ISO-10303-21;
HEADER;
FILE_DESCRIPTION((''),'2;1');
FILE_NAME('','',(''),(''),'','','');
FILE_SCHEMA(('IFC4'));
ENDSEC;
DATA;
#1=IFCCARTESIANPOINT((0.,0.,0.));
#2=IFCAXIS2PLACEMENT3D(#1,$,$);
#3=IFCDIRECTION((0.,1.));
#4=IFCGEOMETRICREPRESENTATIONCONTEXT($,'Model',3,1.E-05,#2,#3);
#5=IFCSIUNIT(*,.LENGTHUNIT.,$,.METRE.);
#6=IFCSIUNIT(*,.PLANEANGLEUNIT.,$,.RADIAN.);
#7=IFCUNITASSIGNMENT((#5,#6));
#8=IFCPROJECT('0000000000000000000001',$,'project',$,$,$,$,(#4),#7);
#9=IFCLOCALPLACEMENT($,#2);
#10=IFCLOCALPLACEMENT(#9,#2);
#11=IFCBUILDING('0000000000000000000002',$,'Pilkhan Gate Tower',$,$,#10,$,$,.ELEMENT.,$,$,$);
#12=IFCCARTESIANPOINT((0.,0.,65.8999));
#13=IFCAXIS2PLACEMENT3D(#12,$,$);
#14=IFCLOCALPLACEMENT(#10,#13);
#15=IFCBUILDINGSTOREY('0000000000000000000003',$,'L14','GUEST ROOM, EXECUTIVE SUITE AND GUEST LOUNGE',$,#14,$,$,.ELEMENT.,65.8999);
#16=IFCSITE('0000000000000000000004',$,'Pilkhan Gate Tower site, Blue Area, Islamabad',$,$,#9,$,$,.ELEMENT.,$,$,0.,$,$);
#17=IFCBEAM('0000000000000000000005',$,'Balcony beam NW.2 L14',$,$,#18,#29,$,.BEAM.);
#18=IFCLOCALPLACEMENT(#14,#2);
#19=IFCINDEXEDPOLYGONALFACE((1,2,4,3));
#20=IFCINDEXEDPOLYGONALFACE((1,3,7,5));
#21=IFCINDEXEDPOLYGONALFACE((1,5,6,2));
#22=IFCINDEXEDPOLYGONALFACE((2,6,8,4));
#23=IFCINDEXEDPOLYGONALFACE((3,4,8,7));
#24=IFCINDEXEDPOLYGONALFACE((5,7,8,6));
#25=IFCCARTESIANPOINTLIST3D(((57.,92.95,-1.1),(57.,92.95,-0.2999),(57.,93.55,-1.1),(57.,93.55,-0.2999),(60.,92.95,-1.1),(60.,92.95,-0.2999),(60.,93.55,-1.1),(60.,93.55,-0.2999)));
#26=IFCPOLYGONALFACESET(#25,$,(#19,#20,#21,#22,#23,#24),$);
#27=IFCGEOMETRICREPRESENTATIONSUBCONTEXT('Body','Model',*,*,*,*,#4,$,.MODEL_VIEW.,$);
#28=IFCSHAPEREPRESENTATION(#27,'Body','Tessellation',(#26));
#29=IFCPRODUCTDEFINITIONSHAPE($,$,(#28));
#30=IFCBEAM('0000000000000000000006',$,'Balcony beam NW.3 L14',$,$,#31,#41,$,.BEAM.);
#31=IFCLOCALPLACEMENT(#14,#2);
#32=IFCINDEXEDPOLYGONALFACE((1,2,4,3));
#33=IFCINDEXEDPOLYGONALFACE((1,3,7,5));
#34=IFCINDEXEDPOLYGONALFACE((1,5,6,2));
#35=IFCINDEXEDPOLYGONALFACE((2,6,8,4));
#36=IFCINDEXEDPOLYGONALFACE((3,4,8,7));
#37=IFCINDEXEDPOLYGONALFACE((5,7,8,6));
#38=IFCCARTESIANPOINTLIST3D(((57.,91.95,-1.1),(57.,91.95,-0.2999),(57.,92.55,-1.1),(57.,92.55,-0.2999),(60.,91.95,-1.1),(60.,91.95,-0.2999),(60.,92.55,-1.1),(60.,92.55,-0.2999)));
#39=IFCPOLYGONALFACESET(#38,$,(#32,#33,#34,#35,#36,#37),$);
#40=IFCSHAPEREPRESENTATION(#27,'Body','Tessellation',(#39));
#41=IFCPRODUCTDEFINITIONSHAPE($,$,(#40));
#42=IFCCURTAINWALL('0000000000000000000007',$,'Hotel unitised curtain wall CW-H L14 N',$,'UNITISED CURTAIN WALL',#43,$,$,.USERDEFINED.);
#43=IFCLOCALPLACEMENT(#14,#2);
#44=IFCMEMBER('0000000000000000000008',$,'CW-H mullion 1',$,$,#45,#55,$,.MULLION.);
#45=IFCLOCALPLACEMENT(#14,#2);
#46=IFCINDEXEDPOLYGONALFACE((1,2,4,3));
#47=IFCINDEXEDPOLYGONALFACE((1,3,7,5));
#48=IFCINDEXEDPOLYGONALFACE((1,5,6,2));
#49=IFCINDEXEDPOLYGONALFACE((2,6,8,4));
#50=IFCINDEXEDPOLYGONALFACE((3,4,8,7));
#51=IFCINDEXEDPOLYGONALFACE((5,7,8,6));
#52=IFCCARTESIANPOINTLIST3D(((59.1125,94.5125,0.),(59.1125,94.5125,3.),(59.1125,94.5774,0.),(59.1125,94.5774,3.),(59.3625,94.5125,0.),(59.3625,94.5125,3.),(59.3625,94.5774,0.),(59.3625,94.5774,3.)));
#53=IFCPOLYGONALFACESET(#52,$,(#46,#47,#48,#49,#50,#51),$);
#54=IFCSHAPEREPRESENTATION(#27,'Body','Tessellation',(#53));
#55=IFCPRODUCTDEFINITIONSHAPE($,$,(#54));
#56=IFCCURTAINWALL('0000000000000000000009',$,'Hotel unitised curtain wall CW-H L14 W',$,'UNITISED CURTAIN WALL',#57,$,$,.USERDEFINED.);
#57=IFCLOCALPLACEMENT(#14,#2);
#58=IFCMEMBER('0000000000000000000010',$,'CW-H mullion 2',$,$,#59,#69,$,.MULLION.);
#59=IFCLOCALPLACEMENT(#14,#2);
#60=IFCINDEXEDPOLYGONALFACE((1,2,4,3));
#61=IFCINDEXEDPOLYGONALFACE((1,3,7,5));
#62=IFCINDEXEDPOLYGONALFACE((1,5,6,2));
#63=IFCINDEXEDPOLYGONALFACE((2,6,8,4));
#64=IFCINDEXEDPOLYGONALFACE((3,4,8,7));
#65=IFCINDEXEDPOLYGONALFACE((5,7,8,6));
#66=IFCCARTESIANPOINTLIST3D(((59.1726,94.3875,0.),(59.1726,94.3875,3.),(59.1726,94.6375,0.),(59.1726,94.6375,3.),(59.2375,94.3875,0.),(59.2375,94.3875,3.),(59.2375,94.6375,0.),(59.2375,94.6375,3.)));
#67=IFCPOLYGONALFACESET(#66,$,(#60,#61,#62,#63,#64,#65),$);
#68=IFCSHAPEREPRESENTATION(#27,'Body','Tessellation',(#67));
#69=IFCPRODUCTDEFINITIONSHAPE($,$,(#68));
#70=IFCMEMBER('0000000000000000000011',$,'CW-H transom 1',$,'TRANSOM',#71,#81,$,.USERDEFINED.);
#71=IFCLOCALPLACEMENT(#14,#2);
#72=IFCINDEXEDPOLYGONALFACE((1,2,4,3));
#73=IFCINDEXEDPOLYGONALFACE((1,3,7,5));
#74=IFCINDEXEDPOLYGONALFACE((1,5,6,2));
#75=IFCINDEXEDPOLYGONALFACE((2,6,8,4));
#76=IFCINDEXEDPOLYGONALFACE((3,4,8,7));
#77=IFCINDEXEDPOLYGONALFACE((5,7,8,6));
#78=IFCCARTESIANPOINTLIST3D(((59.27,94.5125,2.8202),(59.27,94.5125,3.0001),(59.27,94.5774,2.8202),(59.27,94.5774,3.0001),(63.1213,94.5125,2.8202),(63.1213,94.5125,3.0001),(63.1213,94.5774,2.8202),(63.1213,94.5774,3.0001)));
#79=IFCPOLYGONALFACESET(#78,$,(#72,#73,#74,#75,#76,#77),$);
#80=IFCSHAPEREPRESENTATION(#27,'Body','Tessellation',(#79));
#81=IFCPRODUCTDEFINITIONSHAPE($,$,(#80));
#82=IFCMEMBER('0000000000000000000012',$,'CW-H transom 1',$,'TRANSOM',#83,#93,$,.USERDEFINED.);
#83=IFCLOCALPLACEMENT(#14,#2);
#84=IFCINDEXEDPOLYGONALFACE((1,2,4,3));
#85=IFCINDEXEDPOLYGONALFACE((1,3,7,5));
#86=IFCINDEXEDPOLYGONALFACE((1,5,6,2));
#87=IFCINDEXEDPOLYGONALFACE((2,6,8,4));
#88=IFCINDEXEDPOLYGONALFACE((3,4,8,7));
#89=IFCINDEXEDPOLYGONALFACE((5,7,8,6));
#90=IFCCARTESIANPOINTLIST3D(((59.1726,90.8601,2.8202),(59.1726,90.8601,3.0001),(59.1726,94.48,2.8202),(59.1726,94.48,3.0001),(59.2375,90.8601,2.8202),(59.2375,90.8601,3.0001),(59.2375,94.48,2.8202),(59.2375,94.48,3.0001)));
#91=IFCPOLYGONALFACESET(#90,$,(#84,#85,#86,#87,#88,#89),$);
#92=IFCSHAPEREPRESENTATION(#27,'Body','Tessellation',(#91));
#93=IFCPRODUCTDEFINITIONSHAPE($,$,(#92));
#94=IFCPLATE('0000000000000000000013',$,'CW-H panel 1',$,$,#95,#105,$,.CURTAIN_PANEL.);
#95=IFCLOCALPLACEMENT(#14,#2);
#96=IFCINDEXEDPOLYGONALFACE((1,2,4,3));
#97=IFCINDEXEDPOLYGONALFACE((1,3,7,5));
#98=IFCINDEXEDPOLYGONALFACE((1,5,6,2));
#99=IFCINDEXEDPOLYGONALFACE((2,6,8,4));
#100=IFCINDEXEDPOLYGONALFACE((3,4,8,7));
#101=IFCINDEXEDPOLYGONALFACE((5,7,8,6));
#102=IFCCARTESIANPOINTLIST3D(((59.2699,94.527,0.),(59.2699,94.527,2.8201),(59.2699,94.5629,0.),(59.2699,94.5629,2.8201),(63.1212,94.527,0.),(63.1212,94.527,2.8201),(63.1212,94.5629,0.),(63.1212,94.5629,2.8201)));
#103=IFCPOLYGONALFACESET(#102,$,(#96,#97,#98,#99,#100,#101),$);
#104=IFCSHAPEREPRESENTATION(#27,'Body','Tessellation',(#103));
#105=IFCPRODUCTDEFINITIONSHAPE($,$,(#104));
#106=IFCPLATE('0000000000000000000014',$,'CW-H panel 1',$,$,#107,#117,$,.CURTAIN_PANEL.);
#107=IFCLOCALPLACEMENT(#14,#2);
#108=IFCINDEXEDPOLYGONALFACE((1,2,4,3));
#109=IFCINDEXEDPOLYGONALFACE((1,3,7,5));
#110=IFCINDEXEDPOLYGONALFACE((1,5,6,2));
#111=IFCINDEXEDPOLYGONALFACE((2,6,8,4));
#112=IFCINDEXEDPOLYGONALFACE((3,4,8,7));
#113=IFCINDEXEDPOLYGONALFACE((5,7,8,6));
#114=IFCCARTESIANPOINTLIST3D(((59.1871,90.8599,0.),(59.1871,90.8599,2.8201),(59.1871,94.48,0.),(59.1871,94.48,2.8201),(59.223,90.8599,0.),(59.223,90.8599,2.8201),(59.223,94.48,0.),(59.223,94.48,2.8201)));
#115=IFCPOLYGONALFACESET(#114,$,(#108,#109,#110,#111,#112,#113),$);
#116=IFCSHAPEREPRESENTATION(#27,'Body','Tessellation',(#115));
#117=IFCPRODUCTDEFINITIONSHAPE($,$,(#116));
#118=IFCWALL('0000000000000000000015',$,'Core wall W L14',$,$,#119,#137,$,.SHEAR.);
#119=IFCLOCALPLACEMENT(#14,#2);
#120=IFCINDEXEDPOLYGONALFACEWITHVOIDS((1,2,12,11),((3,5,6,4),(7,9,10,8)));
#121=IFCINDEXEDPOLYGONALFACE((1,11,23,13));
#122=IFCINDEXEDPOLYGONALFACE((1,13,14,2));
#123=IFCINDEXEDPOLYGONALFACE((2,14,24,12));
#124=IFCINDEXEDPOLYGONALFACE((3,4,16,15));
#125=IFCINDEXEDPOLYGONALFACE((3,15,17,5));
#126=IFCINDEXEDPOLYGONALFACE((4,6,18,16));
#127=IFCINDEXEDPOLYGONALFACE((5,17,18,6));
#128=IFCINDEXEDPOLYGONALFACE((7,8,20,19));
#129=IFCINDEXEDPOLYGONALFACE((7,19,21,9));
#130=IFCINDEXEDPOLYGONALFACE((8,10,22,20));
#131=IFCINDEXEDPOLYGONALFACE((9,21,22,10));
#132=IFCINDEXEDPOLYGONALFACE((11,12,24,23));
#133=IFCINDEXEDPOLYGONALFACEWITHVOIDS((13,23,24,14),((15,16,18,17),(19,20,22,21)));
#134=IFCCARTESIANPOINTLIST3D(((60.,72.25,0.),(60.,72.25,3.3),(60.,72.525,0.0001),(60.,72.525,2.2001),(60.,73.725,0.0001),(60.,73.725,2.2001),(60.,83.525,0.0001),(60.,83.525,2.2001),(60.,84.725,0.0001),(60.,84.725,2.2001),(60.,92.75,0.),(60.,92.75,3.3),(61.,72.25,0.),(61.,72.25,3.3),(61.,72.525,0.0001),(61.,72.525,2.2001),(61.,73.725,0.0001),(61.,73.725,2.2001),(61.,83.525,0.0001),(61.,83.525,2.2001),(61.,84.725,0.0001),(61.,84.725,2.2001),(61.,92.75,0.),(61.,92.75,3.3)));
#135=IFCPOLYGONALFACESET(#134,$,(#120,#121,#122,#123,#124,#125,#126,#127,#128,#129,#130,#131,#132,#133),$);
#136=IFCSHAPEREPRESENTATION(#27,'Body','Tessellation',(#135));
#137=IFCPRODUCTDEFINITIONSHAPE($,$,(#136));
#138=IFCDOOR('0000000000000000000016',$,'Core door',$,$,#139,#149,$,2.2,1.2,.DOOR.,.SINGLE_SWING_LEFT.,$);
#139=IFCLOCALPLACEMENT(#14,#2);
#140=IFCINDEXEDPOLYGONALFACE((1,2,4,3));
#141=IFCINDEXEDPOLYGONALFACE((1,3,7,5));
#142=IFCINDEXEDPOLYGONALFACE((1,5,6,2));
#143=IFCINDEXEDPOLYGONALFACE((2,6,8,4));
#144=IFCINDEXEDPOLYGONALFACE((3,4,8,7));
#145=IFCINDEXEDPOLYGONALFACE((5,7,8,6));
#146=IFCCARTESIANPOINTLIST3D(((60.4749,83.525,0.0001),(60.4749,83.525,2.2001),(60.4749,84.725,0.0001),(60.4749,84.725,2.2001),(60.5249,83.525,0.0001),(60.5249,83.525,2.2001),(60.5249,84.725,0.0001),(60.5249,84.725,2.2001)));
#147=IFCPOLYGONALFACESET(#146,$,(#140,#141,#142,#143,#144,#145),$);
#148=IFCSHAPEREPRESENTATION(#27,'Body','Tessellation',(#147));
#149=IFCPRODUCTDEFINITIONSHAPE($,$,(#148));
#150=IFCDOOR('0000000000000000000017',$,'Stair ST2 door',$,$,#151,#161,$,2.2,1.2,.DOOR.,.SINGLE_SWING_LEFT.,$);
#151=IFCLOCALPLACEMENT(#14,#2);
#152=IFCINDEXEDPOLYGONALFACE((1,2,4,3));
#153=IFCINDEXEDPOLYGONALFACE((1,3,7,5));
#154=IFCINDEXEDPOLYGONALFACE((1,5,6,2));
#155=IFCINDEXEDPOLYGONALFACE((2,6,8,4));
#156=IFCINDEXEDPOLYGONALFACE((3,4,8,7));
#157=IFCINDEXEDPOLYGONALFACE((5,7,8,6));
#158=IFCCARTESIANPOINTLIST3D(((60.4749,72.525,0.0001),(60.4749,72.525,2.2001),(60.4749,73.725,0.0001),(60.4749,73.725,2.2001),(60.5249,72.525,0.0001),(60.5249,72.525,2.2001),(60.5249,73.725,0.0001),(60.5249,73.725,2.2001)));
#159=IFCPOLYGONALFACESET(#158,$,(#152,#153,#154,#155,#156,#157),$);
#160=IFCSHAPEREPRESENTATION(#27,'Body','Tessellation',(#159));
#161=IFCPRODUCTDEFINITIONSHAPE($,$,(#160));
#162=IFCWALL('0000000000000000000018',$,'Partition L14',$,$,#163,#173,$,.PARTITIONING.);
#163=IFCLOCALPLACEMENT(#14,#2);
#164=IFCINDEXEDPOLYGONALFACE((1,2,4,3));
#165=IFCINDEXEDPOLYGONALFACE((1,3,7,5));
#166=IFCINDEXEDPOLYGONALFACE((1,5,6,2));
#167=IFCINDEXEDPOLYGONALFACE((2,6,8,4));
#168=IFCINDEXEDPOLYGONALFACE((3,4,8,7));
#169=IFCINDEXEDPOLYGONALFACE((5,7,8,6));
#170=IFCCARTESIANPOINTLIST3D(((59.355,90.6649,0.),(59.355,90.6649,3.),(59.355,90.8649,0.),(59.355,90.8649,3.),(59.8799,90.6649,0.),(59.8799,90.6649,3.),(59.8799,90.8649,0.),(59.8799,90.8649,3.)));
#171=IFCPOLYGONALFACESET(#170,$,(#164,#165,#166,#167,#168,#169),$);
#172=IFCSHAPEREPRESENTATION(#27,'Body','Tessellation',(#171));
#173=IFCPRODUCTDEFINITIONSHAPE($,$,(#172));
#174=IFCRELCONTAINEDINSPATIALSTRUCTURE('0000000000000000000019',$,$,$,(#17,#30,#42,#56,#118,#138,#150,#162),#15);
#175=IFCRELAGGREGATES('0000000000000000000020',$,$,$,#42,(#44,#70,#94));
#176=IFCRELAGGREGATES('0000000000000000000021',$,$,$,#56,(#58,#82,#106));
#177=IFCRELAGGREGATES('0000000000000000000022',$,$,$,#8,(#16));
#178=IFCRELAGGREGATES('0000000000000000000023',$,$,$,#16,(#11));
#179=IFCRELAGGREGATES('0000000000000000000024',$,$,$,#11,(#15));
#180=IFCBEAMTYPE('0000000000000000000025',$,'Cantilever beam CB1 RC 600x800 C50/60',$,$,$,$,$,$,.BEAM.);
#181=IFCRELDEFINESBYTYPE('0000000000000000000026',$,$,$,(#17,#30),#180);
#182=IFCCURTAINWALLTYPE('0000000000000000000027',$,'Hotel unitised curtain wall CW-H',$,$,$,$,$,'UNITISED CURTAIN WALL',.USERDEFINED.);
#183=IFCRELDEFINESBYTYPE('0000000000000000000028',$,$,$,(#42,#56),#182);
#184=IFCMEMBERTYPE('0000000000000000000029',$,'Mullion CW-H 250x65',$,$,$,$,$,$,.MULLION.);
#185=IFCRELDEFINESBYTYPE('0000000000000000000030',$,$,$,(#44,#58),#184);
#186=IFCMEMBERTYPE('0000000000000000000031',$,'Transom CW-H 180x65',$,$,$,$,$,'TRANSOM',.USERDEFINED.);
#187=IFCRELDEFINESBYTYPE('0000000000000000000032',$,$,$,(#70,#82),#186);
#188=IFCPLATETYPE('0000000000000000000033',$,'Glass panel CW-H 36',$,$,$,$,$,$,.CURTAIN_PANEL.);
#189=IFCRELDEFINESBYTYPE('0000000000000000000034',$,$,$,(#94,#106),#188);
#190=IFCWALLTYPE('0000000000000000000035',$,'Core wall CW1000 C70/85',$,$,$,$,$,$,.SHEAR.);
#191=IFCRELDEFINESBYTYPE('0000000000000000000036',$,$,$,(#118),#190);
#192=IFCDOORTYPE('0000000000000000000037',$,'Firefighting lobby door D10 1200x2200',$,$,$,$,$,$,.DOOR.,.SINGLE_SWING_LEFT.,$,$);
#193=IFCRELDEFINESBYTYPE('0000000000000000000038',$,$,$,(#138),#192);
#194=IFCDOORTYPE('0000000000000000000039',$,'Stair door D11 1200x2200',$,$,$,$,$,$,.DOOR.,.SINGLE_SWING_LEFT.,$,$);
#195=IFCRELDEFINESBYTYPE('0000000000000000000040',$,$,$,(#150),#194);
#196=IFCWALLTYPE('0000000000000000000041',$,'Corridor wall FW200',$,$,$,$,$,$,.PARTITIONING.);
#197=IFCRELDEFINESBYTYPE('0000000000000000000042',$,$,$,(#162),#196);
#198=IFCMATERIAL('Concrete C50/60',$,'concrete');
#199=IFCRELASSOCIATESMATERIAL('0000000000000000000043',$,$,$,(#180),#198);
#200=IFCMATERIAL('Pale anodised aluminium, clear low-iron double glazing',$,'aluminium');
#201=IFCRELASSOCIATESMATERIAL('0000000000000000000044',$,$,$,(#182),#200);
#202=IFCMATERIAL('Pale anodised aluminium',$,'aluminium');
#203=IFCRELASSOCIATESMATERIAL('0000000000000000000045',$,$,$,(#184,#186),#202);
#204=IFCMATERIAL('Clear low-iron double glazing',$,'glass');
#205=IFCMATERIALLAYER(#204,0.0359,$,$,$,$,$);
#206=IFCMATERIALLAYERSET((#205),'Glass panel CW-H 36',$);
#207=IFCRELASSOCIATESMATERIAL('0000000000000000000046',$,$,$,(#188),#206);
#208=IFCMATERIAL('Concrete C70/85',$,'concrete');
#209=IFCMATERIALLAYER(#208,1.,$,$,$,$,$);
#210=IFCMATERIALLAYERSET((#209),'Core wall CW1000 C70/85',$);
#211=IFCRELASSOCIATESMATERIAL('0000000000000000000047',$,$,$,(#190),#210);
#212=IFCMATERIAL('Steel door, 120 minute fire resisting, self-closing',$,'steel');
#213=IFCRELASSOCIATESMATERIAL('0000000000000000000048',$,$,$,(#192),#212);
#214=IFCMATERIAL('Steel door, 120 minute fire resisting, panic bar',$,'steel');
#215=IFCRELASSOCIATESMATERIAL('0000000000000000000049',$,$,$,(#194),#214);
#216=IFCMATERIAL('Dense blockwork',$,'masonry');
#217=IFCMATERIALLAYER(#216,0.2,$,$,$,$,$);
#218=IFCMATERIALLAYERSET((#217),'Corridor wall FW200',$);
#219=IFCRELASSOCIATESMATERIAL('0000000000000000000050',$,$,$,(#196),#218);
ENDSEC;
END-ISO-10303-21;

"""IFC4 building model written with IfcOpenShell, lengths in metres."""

from ifc_helpers import new_model, si_unit, direction, frame, frame_2d, origin, origin_2d, place, context, subcontext, project, spatial, rectangle, extrude, material, layer, layer_set, material_profile, profile_set, type_object, element, fill, aggregate, save


model = new_model("IFC4")

# Units and contexts
model_context = context("Model", 3, precision=1e-05, world=origin(), true_north=direction((0.0, 1.0)))
body_context = subcontext(model_context, "Body", "Model", "MODEL_VIEW")
ifc_project = project(units=[si_unit("LENGTHUNIT", "METRE"), si_unit("PLANEANGLEUNIT", "RADIAN")], contexts=[model_context])

# Site, building, storey
site_placement = place(None, origin())
site = spatial("IfcSite", under=ifc_project, at=site_placement, Name="Pilkhan Gate Tower site, Blue Area, Islamabad", CompositionType="ELEMENT", RefElevation=0.0)
building_placement = place(site_placement, origin())
building = spatial("IfcBuilding", under=site, at=building_placement, Name="Pilkhan Gate Tower", CompositionType="ELEMENT")
storey_placement = place(building_placement, frame((0.0, 0.0, 65.8999)))
storey = spatial("IfcBuildingStorey", under=building, at=storey_placement, Name="L14", Description="GUEST ROOM, EXECUTIVE SUITE AND GUEST LOUNGE", CompositionType="ELEMENT", Elevation=65.8999)

# Beams
ifc_material_1 = material(Name="Concrete C50/60", Category="concrete")
ifc_material_profile_1 = material_profile(ifc_material_1, rectangle(XDim=0.6001, YDim=0.8, at=origin_2d()), Name="RC 600x800")
ifc_profile_set_1 = profile_set([ifc_material_profile_1], Name="Concrete C50/60")
beam_type = type_object("IfcBeamType", Name="Cantilever beam CB1 RC 600x800 C50/60", PredefinedType="BEAM", material=ifc_profile_set_1)
for number, where, z_axis, x_axis, name in (
    (1, (60.0, 93.25, -0.7), (-1.0, 0.0, 0.0), (0.0, -1.0, 0.0), "Balcony beam NW.2 L14"),
    (2, (60.0, 92.25, -0.7), (-1.0, 0.0, 0.0), (0.0, -1.0, 0.0), "Balcony beam NW.3 L14"),
):
    element("IfcBeam", number, at=place(storey_placement, frame(where, z_axis=z_axis, x_axis=x_axis)), inside=storey, type_object=beam_type, Name=name, PredefinedType="BEAM", context=body_context, shape_type="SweptSolid", body=[
        extrude(rectangle(XDim=0.6001, YDim=0.8, at=origin_2d()), origin(), (0.0, 0.0, 1.0), 3.0),
    ])

# Curtain walls, members
ifc_material_2 = material(Name="Pale anodised aluminium, clear low-iron double glazing", Category="aluminium")
curtain_wall_type = type_object("IfcCurtainWallType", Name="Hotel unitised curtain wall CW-H", ElementType="UNITISED CURTAIN WALL", PredefinedType="USERDEFINED", material=ifc_material_2)
curtain_wall_1_placement = place(storey_placement, origin())
curtain_wall_1 = element("IfcCurtainWall", 3, at=curtain_wall_1_placement, inside=storey, type_object=curtain_wall_type, Name="Hotel unitised curtain wall CW-H L14 N", ObjectType="UNITISED CURTAIN WALL", PredefinedType="USERDEFINED")
ifc_material_3 = material(Name="Pale anodised aluminium", Category="aluminium")
ifc_material_profile_2 = material_profile(ifc_material_3, rectangle(XDim=0.0649, YDim=0.25, at=origin_2d()), Name="Mullion 250x65")
ifc_profile_set_2 = profile_set([ifc_material_profile_2], Name="Pale anodised aluminium")
member_type_1 = type_object("IfcMemberType", Name="Mullion CW-H 250x65", PredefinedType="MULLION", material=ifc_profile_set_2)
member_1_placement = place(storey_placement, frame((59.2375, 94.5449, 0.0), z_axis=(0.0, 0.0, 1.0), x_axis=(0.0, 1.0, 0.0)))
member_1 = element("IfcMember", 4, at=member_1_placement, type_object=member_type_1, Name="CW-H mullion 1", PredefinedType="MULLION", context=body_context, shape_type="SweptSolid", body=[
    extrude(rectangle(XDim=0.0649, YDim=0.25, at=origin_2d()), origin(), (0.0, 0.0, 1.0), 3.0),
])
curtain_wall_2_placement = place(storey_placement, origin())
curtain_wall_2 = element("IfcCurtainWall", 5, at=curtain_wall_2_placement, inside=storey, type_object=curtain_wall_type, Name="Hotel unitised curtain wall CW-H L14 W", ObjectType="UNITISED CURTAIN WALL", PredefinedType="USERDEFINED")
member_2_placement = place(storey_placement, frame((59.2051, 94.5125, 0.0), z_axis=(0.0, 0.0, 1.0), x_axis=(-1.0, 0.0, 0.0)))
member_2 = element("IfcMember", 6, at=member_2_placement, type_object=member_type_1, Name="CW-H mullion 2", PredefinedType="MULLION", context=body_context, shape_type="SweptSolid", body=[
    extrude(rectangle(XDim=0.0649, YDim=0.25, at=origin_2d()), origin(), (0.0, 0.0, 1.0), 3.0),
])

# Members
ifc_material_profile_3 = material_profile(ifc_material_3, rectangle(XDim=0.0649, YDim=0.1799, at=origin_2d()), Name="Transom 180x65")
ifc_profile_set_3 = profile_set([ifc_material_profile_3], Name="Pale anodised aluminium")
member_type_2 = type_object("IfcMemberType", Name="Transom CW-H 180x65", ElementType="TRANSOM", PredefinedType="USERDEFINED", material=ifc_profile_set_3)
member_3_placement = place(storey_placement, frame((59.27, 94.5449, 2.9102), z_axis=(1.0, 0.0, 0.0), x_axis=(0.0, 1.0, 0.0)))
member_3 = element("IfcMember", 7, at=member_3_placement, type_object=member_type_2, Name="CW-H transom 1", ObjectType="TRANSOM", PredefinedType="USERDEFINED", context=body_context, shape_type="SweptSolid", body=[
    extrude(rectangle(XDim=0.0649, YDim=0.1799, at=origin_2d()), origin(), (0.0, 0.0, 1.0), 3.8513),
])
member_4_placement = place(storey_placement, frame((59.2051, 90.8601, 2.9102), z_axis=(0.0, 1.0, 0.0), x_axis=(-1.0, 0.0, 0.0)))
member_4 = element("IfcMember", 8, at=member_4_placement, type_object=member_type_2, Name="CW-H transom 1", ObjectType="TRANSOM", PredefinedType="USERDEFINED", context=body_context, shape_type="SweptSolid", body=[
    extrude(rectangle(XDim=0.0649, YDim=0.1799, at=origin_2d()), origin(), (0.0, 0.0, 1.0), 3.6199),
])

# Plates
ifc_material_4 = material(Name="Clear low-iron double glazing", Category="glass")
ifc_layer_1 = layer(ifc_material_4, 0.0359)
ifc_layer_set_1 = layer_set([ifc_layer_1], Name="Glass panel CW-H 36")
plate_type = type_object("IfcPlateType", Name="Glass panel CW-H 36", PredefinedType="CURTAIN_PANEL", material=ifc_layer_set_1)
plate_1_placement = place(storey_placement, frame((61.1956, 94.5449, 0.0), z_axis=(0.0, 0.0, 1.0), x_axis=(1.0, 0.0, 0.0)))
plate_1 = element("IfcPlate", 9, at=plate_1_placement, type_object=plate_type, Name="CW-H panel 1", PredefinedType="CURTAIN_PANEL", context=body_context, shape_type="SweptSolid", body=[
    extrude(rectangle(XDim=3.8513, YDim=0.0359, at=origin_2d()), origin(), (0.0, 0.0, 1.0), 2.8201),
])
aggregate(curtain_wall_1, [member_1, member_3, plate_1])
plate_2_placement = place(storey_placement, frame((59.2051, 92.6699, 0.0), z_axis=(0.0, 0.0, 1.0), x_axis=(0.0, 1.0, 0.0)))
plate_2 = element("IfcPlate", 10, at=plate_2_placement, type_object=plate_type, Name="CW-H panel 1", PredefinedType="CURTAIN_PANEL", context=body_context, shape_type="SweptSolid", body=[
    extrude(rectangle(XDim=3.6201, YDim=0.0359, at=origin_2d()), origin(), (0.0, 0.0, 1.0), 2.8201),
])
aggregate(curtain_wall_2, [member_2, member_4, plate_2])

# Wall, openings, doors
ifc_material_5 = material(Name="Concrete C70/85", Category="concrete")
ifc_layer_2 = layer(ifc_material_5, 1.0)
ifc_layer_set_2 = layer_set([ifc_layer_2], Name="Core wall CW1000 C70/85")
wall_type_1 = type_object("IfcWallType", Name="Core wall CW1000 C70/85", PredefinedType="SHEAR", material=ifc_layer_set_2)
wall_1_placement = place(storey_placement, frame((60.5, 92.75, 0.0), z_axis=(0.0, 0.0, 1.0), x_axis=(0.0, -1.0, 0.0)))
wall_1 = element("IfcWall", 11, at=wall_1_placement, inside=storey, type_object=wall_type_1, Name="Core wall W L14", PredefinedType="SHEAR", context=body_context, shape_type="SweptSolid", body=[
    extrude(rectangle(XDim=20.5, YDim=1.0, at=frame_2d((10.25, 0.0))), origin(), (0.0, 0.0, 1.0), 3.3),
])
opening_1_placement = place(wall_1_placement, frame((19.0249, 0.0, 0.0)))
opening_1 = element("IfcOpeningElement", 12, at=opening_1_placement, cuts=wall_1, PredefinedType="OPENING", context=body_context, shape_type="SweptSolid", body=[
    extrude(rectangle(XDim=1.2, YDim=2.2, at=frame_2d((0.6001, 1.1001))), frame((0.0, 0.51, 0.0), z_axis=(0.0, -1.0, 0.0), x_axis=(1.0, 0.0, 0.0)), (0.0, 0.0, 1.0), 1.02),
])
opening_2_placement = place(wall_1_placement, frame((8.0249, 0.0, 0.0)))
opening_2 = element("IfcOpeningElement", 13, at=opening_2_placement, cuts=wall_1, PredefinedType="OPENING", context=body_context, shape_type="SweptSolid", body=[
    extrude(rectangle(XDim=1.2, YDim=2.2, at=frame_2d((0.6001, 1.1001))), frame((0.0, 0.51, 0.0), z_axis=(0.0, -1.0, 0.0), x_axis=(1.0, 0.0, 0.0)), (0.0, 0.0, 1.0), 1.02),
])
ifc_material_6 = material(Name="Steel door, 120 minute fire resisting, self-closing", Category="steel")
door_type_1 = type_object("IfcDoorType", Name="Firefighting lobby door D10 1200x2200", OperationType="SINGLE_SWING_LEFT", PredefinedType="DOOR", material=ifc_material_6)
door_1_placement = place(opening_2_placement, origin())
door_1 = element("IfcDoor", 14, at=door_1_placement, inside=storey, type_object=door_type_1, Name="Core door", OperationType="SINGLE_SWING_LEFT", OverallHeight=2.2, OverallWidth=1.2, PredefinedType="DOOR", context=body_context, shape_type="SweptSolid", body=[
    extrude(rectangle(XDim=1.2, YDim=2.2, at=frame_2d((0.6001, 1.1001))), frame((0.0, 0.0249, 0.0), z_axis=(0.0, -1.0, 0.0), x_axis=(1.0, 0.0, 0.0)), (0.0, 0.0, 1.0), 0.05),
])
fill(opening_2, door_1)
ifc_material_7 = material(Name="Steel door, 120 minute fire resisting, panic bar", Category="steel")
door_type_2 = type_object("IfcDoorType", Name="Stair door D11 1200x2200", OperationType="SINGLE_SWING_LEFT", PredefinedType="DOOR", material=ifc_material_7)
door_2_placement = place(opening_1_placement, origin())
door_2 = element("IfcDoor", 15, at=door_2_placement, inside=storey, type_object=door_type_2, Name="Stair ST2 door", OperationType="SINGLE_SWING_LEFT", OverallHeight=2.2, OverallWidth=1.2, PredefinedType="DOOR", context=body_context, shape_type="SweptSolid", body=[
    extrude(rectangle(XDim=1.2, YDim=2.2, at=frame_2d((0.6001, 1.1001))), frame((0.0, 0.0249, 0.0), z_axis=(0.0, -1.0, 0.0), x_axis=(1.0, 0.0, 0.0)), (0.0, 0.0, 1.0), 0.05),
])
fill(opening_1, door_2)

# Wall
ifc_material_8 = material(Name="Dense blockwork", Category="masonry")
ifc_layer_3 = layer(ifc_material_8, 0.2)
ifc_layer_set_3 = layer_set([ifc_layer_3], Name="Corridor wall FW200")
wall_type_2 = type_object("IfcWallType", Name="Corridor wall FW200", PredefinedType="PARTITIONING", material=ifc_layer_set_3)
wall_2_placement = place(storey_placement, frame((59.355, 90.7649, 0.0), z_axis=(0.0, 0.0, 1.0), x_axis=(1.0, 0.0, 0.0)))
element("IfcWall", 16, at=wall_2_placement, inside=storey, type_object=wall_type_2, Name="Partition L14", PredefinedType="PARTITIONING", context=body_context, shape_type="SweptSolid", body=[
    extrude(rectangle(XDim=0.5249, YDim=0.2, at=frame_2d((0.2625, 0.0))), origin(), (0.0, 0.0, 1.0), 3.0),
])

save(model, "model.ifc")
